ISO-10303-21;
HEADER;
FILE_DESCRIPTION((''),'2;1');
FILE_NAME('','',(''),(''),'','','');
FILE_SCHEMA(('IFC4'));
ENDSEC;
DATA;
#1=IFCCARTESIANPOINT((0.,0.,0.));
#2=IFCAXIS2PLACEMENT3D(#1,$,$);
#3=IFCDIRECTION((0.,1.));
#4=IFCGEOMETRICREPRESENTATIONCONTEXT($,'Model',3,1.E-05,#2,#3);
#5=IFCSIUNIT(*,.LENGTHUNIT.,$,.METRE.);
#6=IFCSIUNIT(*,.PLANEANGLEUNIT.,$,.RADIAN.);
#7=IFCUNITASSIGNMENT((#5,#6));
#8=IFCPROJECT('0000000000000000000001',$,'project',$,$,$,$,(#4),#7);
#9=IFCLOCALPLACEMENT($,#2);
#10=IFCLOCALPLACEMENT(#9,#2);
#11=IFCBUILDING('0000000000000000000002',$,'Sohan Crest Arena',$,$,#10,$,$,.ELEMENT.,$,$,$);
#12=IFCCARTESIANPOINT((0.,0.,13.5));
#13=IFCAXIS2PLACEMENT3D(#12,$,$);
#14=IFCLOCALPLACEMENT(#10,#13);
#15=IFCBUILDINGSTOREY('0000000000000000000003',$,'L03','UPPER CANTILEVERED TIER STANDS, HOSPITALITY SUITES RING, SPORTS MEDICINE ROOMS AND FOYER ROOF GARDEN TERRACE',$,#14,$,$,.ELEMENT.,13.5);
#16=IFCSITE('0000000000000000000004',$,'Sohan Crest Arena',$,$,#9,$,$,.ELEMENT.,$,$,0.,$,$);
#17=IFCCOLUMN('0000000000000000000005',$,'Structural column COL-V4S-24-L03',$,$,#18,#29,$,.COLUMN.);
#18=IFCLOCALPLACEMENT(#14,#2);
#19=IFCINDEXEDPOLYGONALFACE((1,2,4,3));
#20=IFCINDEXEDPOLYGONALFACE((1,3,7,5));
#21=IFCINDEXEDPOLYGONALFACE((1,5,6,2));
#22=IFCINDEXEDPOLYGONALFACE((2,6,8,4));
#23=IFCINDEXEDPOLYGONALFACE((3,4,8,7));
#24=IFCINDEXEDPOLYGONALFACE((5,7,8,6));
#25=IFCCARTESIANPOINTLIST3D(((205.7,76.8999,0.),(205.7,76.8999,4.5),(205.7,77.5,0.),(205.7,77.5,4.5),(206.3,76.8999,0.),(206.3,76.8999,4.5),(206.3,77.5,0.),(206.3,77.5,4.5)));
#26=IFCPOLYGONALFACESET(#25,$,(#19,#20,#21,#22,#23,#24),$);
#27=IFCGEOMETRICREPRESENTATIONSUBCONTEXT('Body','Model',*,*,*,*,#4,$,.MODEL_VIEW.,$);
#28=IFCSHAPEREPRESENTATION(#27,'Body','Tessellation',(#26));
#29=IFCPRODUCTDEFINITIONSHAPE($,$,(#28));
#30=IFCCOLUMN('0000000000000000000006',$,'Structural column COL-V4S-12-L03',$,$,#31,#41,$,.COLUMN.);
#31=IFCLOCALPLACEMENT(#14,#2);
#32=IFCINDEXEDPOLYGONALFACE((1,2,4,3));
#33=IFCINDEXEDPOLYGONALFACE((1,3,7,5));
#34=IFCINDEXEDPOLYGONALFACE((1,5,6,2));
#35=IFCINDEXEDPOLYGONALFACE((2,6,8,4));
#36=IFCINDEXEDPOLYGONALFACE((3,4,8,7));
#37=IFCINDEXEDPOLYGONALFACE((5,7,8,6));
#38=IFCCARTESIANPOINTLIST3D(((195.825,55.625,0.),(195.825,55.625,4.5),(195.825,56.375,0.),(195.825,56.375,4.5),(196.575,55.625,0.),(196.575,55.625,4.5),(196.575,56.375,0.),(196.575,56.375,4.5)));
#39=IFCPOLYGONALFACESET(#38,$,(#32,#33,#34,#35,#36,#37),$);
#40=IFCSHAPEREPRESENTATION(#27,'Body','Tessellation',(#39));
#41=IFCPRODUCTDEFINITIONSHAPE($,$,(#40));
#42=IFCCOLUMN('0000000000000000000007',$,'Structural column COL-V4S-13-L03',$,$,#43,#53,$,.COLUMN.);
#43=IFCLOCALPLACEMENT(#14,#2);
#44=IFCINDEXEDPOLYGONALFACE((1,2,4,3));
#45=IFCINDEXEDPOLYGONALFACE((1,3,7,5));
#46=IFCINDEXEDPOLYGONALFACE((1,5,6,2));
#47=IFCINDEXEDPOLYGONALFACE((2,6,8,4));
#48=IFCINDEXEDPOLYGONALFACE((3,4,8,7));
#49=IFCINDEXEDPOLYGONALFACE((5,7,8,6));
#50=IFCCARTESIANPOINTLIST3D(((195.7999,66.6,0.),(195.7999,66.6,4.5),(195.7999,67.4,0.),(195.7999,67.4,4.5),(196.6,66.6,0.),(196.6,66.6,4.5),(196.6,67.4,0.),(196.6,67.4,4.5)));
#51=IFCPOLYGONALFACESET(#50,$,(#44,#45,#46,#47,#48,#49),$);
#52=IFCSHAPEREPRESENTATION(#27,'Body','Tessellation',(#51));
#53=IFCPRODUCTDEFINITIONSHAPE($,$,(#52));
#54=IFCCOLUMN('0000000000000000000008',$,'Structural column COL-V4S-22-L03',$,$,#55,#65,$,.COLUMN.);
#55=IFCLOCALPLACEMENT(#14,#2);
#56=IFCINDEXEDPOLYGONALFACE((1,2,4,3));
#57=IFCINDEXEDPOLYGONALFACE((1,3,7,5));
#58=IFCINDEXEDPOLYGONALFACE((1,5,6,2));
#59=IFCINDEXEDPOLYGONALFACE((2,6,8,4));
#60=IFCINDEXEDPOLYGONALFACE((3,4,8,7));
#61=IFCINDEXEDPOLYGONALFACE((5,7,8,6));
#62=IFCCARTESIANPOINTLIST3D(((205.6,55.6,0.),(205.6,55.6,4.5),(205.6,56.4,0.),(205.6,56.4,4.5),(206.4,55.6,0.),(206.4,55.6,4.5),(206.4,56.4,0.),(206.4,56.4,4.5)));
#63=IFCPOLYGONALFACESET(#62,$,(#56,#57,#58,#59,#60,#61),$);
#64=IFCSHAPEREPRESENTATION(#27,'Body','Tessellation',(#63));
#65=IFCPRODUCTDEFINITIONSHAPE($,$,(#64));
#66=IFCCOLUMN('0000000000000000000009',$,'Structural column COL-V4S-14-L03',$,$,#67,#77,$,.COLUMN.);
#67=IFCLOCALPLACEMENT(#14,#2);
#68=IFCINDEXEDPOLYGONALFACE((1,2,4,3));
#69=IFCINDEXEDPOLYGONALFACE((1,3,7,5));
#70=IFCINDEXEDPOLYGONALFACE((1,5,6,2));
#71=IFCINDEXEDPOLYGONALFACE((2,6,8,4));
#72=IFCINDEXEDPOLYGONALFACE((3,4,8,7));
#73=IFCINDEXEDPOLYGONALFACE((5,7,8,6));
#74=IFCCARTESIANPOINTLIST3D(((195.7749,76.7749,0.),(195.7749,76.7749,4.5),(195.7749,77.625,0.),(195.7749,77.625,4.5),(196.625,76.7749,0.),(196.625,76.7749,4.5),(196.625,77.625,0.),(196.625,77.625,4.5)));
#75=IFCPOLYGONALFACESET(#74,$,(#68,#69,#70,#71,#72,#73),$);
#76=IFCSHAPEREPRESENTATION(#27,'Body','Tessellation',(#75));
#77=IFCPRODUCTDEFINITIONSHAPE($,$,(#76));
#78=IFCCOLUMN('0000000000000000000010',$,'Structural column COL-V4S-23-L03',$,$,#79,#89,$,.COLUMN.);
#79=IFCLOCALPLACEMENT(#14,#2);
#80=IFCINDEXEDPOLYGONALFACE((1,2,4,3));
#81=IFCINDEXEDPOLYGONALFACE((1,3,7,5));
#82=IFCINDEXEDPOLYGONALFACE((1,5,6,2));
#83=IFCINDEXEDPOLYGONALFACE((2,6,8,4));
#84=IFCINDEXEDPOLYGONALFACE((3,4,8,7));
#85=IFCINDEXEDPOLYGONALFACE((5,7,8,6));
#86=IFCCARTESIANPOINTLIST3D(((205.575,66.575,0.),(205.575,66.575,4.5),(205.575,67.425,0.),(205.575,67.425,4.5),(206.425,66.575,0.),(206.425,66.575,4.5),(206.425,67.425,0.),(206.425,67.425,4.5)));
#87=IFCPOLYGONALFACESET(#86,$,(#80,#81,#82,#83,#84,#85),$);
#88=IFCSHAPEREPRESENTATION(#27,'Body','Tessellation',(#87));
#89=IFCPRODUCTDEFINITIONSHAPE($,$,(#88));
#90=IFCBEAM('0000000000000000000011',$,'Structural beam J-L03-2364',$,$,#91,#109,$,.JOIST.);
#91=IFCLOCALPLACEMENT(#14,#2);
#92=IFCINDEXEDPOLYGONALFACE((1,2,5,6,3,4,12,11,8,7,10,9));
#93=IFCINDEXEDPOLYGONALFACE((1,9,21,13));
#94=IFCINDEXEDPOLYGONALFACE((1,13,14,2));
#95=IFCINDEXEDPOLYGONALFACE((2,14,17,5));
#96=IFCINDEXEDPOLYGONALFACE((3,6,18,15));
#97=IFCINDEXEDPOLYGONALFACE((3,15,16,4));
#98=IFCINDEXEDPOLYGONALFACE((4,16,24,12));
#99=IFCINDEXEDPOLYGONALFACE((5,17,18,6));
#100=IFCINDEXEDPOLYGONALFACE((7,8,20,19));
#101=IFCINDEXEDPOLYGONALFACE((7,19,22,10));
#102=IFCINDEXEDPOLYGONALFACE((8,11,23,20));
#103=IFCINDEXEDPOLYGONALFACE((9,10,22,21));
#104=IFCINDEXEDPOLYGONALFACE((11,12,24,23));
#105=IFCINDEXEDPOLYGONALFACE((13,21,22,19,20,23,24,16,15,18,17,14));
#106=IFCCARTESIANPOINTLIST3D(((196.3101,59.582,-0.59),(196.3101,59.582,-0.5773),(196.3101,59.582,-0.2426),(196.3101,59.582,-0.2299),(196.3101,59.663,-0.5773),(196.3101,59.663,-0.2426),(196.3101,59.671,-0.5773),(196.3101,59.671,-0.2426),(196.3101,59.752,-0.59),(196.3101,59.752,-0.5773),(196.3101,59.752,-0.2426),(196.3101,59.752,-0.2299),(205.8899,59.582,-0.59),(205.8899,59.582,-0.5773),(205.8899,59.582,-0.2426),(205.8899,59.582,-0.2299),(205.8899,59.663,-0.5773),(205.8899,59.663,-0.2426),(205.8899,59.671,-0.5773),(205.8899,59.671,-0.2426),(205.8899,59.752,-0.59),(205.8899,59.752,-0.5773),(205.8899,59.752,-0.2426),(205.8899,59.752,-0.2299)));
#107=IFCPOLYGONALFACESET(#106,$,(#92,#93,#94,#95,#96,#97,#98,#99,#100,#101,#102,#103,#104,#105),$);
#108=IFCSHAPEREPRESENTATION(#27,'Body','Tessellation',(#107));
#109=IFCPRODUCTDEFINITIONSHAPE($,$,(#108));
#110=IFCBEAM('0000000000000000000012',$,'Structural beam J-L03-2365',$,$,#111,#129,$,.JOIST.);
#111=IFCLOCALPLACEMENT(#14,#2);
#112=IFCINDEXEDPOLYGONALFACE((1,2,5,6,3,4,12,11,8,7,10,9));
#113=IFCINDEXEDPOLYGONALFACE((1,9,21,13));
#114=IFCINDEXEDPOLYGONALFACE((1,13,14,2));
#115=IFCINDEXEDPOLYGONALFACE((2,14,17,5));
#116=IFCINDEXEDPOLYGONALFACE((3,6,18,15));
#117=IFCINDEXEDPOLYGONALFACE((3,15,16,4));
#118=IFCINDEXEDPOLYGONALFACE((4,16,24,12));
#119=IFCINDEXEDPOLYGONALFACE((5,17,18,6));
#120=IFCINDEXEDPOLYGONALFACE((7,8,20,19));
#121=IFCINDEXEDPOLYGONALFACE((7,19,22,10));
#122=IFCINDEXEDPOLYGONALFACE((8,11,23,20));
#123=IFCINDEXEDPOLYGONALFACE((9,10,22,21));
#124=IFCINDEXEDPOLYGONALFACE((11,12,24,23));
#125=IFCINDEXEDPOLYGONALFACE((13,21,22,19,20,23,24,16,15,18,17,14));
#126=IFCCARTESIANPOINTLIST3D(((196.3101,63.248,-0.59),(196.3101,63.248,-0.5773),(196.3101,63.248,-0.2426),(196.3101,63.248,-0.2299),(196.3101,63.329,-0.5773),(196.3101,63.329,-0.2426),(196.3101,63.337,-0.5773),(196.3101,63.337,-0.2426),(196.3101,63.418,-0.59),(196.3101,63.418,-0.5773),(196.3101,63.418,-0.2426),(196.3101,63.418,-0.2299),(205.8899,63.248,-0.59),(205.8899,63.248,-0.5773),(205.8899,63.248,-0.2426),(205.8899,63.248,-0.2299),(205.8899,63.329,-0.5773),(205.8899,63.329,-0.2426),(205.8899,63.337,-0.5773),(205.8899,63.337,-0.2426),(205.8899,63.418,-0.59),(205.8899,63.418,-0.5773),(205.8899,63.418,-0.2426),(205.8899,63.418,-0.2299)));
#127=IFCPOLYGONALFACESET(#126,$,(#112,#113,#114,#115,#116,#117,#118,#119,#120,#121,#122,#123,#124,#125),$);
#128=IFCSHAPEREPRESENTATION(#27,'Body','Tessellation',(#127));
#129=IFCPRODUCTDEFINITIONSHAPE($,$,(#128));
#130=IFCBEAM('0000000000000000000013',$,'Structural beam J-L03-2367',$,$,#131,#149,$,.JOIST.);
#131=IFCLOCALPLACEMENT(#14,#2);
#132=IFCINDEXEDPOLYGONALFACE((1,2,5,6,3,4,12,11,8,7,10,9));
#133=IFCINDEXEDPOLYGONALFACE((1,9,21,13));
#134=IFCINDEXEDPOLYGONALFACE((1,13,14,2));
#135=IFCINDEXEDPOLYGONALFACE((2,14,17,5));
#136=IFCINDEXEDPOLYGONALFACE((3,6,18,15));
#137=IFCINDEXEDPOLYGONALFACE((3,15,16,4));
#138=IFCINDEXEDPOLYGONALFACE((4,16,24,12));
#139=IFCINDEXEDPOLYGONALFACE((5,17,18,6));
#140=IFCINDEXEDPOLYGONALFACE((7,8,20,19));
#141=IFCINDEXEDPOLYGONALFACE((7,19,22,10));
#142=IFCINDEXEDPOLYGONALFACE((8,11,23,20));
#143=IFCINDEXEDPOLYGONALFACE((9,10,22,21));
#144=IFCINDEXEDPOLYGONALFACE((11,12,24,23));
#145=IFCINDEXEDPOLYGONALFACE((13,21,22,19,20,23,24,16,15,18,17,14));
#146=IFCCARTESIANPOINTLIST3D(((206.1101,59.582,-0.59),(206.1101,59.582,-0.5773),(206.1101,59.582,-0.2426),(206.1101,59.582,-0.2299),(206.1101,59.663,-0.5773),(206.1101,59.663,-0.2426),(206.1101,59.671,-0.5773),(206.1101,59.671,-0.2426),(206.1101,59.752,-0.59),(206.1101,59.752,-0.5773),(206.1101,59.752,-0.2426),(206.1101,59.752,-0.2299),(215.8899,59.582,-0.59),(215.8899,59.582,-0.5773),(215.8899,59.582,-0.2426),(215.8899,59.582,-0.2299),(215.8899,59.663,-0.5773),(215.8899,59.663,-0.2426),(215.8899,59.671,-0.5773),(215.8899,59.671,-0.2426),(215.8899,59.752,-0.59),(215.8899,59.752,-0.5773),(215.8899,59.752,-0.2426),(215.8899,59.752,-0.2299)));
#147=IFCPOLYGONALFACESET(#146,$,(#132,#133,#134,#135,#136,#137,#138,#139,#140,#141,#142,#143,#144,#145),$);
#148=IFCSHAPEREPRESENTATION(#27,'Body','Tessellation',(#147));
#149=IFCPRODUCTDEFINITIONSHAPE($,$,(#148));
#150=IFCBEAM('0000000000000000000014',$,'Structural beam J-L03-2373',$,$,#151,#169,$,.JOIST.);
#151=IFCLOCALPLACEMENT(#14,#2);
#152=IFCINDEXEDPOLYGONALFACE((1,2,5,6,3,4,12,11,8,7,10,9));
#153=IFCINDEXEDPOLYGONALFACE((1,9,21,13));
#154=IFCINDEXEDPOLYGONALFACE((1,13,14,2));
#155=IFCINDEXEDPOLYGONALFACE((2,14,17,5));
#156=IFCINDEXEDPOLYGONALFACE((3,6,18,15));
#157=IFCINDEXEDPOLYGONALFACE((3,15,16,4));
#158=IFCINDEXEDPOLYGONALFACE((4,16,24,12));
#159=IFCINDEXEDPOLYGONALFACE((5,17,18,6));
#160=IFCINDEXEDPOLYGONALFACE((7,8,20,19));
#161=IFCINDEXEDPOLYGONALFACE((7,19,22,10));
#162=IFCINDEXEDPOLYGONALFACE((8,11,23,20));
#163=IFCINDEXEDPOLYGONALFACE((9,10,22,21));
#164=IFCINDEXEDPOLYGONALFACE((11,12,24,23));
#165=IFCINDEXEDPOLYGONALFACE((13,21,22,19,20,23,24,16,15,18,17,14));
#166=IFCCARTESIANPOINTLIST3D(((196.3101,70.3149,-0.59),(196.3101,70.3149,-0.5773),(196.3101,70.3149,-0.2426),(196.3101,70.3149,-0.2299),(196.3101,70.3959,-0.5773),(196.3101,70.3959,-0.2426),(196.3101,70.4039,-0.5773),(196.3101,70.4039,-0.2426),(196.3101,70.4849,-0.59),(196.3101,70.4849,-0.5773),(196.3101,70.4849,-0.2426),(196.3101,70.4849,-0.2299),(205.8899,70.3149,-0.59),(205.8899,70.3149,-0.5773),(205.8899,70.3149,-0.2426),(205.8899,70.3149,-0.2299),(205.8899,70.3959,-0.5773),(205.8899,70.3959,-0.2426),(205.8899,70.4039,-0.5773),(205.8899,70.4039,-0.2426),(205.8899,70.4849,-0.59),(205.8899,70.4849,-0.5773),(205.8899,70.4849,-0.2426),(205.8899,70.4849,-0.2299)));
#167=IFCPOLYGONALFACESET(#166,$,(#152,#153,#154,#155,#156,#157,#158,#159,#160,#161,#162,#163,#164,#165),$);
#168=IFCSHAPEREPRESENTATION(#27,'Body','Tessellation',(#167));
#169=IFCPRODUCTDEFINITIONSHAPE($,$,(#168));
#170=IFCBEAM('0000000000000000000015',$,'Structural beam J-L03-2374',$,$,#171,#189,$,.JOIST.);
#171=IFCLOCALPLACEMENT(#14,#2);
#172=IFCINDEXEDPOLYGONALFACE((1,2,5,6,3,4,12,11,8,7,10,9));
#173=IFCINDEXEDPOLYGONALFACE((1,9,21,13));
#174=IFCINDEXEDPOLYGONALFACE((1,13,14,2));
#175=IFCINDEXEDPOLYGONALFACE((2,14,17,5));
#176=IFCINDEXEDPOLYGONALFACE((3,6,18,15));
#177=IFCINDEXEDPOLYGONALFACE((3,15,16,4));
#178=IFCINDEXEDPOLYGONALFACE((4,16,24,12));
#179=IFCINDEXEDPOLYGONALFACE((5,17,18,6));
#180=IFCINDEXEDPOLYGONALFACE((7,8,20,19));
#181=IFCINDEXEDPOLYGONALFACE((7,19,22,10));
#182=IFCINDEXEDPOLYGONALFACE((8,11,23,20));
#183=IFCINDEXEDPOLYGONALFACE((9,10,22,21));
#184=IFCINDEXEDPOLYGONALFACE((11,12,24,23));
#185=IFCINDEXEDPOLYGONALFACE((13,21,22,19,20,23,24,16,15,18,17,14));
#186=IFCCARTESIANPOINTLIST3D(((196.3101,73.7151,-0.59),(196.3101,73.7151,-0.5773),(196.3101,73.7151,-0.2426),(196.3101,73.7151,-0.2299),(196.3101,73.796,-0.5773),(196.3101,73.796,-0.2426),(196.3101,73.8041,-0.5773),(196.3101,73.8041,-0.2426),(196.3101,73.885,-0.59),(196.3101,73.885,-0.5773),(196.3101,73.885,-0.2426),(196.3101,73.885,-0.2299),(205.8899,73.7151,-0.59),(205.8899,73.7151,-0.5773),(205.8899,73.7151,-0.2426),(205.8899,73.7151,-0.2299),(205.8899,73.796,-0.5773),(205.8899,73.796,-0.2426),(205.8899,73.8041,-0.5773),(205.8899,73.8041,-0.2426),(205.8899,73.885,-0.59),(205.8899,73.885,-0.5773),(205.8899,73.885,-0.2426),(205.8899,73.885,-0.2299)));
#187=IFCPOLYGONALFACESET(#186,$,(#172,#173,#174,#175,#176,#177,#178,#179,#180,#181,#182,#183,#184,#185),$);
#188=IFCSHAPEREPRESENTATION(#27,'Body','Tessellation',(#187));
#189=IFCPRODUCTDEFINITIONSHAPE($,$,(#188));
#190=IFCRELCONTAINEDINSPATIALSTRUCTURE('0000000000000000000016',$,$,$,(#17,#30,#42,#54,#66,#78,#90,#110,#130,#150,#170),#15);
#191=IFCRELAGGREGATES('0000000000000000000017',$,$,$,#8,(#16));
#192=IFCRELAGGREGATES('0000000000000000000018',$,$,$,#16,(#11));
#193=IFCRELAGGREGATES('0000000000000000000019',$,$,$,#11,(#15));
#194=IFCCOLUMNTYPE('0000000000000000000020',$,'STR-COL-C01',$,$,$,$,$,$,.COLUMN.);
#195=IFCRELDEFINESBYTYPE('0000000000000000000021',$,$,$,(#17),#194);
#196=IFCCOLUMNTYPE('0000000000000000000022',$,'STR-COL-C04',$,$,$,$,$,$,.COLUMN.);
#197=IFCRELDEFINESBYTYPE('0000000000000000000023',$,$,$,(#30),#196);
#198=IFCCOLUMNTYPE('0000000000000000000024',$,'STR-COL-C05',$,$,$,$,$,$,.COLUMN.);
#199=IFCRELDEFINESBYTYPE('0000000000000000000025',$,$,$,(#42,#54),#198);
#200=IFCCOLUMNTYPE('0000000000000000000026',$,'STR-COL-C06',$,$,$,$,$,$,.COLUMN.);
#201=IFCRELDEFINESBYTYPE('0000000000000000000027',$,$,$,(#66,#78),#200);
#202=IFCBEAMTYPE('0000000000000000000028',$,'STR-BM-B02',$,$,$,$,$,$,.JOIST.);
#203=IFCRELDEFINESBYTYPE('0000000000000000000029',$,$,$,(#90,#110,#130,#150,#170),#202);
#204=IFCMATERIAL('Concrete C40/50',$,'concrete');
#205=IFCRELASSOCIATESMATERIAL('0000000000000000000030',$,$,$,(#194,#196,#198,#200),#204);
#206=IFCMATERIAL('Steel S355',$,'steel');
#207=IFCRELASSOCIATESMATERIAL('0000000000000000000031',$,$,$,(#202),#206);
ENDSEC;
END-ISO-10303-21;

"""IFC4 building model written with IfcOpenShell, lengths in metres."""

from ifc_helpers import new_model, si_unit, direction, frame, origin, origin_2d, place, context, subcontext, project, spatial, rectangle, i_section, extrude, material, material_profile, profile_set, type_object, element, save


model = new_model("IFC4")

# Units and contexts
model_context = context("Model", 3, precision=1e-05, world=origin(), true_north=direction((0.0, 1.0)))
body_context = subcontext(model_context, "Body", "Model", "MODEL_VIEW")
ifc_project = project(units=[si_unit("LENGTHUNIT", "METRE"), si_unit("PLANEANGLEUNIT", "RADIAN")], contexts=[model_context])

# Site, building, storey
site_placement = place(None, origin())
site = spatial("IfcSite", under=ifc_project, at=site_placement, Name="Sohan Crest Arena", CompositionType="ELEMENT", RefElevation=0.0)
building_placement = place(site_placement, origin())
building = spatial("IfcBuilding", under=site, at=building_placement, Name="Sohan Crest Arena", CompositionType="ELEMENT")
storey_placement = place(building_placement, frame((0.0, 0.0, 13.5)))
storey = spatial("IfcBuildingStorey", under=building, at=storey_placement, Name="L03", Description="UPPER CANTILEVERED TIER STANDS, HOSPITALITY SUITES RING, SPORTS MEDICINE ROOMS AND FOYER ROOF GARDEN TERRACE", CompositionType="ELEMENT", Elevation=13.5)

# Columns
ifc_material_1 = material(Name="Concrete C40/50", Category="concrete")
ifc_material_profile_1 = material_profile(ifc_material_1, rectangle(XDim=0.6001, YDim=0.6001, at=origin_2d()), Name="RC 600x600")
ifc_profile_set_1 = profile_set([ifc_material_profile_1], Name="Concrete C40/50")
column_type_1 = type_object("IfcColumnType", Name="STR-COL-C01", PredefinedType="COLUMN", material=ifc_profile_set_1)
column_1_placement = place(storey_placement, frame((206.0, 77.2, 0.0), z_axis=(0.0, 0.0, 1.0), x_axis=(1.0, 0.0, 0.0)))
element("IfcColumn", 1, at=column_1_placement, inside=storey, type_object=column_type_1, Name="Structural column COL-V4S-24-L03", PredefinedType="COLUMN", context=body_context, shape_type="SweptSolid", body=[
    extrude(rectangle(XDim=0.6001, YDim=0.6001, at=origin_2d()), origin(), (0.0, 0.0, 1.0), 4.5),
])
ifc_material_profile_2 = material_profile(ifc_material_1, rectangle(XDim=0.75, YDim=0.75, at=origin_2d()), Name="RC 750x750")
ifc_profile_set_2 = profile_set([ifc_material_profile_2], Name="Concrete C40/50")
column_type_2 = type_object("IfcColumnType", Name="STR-COL-C04", PredefinedType="COLUMN", material=ifc_profile_set_2)
column_2_placement = place(storey_placement, frame((196.2, 56.0, 0.0), z_axis=(0.0, 0.0, 1.0), x_axis=(1.0, 0.0, 0.0)))
element("IfcColumn", 2, at=column_2_placement, inside=storey, type_object=column_type_2, Name="Structural column COL-V4S-12-L03", PredefinedType="COLUMN", context=body_context, shape_type="SweptSolid", body=[
    extrude(rectangle(XDim=0.75, YDim=0.75, at=origin_2d()), origin(), (0.0, 0.0, 1.0), 4.5),
])
ifc_material_profile_3 = material_profile(ifc_material_1, rectangle(XDim=0.8, YDim=0.8, at=origin_2d()), Name="RC 800x800")
ifc_profile_set_3 = profile_set([ifc_material_profile_3], Name="Concrete C40/50")
column_type_3 = type_object("IfcColumnType", Name="STR-COL-C05", PredefinedType="COLUMN", material=ifc_profile_set_3)
for number, where, z_axis, x_axis, name in (
    (3, (196.2, 67.0, 0.0), (0.0, 0.0, 1.0), (1.0, 0.0, 0.0), "Structural column COL-V4S-13-L03"),
    (4, (206.0, 56.0, 0.0), (0.0, 0.0, 1.0), (1.0, 0.0, 0.0), "Structural column COL-V4S-22-L03"),
):
    element("IfcColumn", number, at=place(storey_placement, frame(where, z_axis=z_axis, x_axis=x_axis)), inside=storey, type_object=column_type_3, Name=name, PredefinedType="COLUMN", context=body_context, shape_type="SweptSolid", body=[
        extrude(rectangle(XDim=0.8, YDim=0.8, at=origin_2d()), origin(), (0.0, 0.0, 1.0), 4.5),
    ])
ifc_material_profile_4 = material_profile(ifc_material_1, rectangle(XDim=0.8501, YDim=0.8501, at=origin_2d()), Name="RC 850x850")
ifc_profile_set_4 = profile_set([ifc_material_profile_4], Name="Concrete C40/50")
column_type_4 = type_object("IfcColumnType", Name="STR-COL-C06", PredefinedType="COLUMN", material=ifc_profile_set_4)
for number, where, z_axis, x_axis, name in (
    (5, (196.2, 77.2, 0.0), (0.0, 0.0, 1.0), (1.0, 0.0, 0.0), "Structural column COL-V4S-14-L03"),
    (6, (206.0, 67.0, 0.0), (0.0, 0.0, 1.0), (1.0, 0.0, 0.0), "Structural column COL-V4S-23-L03"),
):
    element("IfcColumn", number, at=place(storey_placement, frame(where, z_axis=z_axis, x_axis=x_axis)), inside=storey, type_object=column_type_4, Name=name, PredefinedType="COLUMN", context=body_context, shape_type="SweptSolid", body=[
        extrude(rectangle(XDim=0.8501, YDim=0.8501, at=origin_2d()), origin(), (0.0, 0.0, 1.0), 4.5),
    ])

# Beams
ifc_material_2 = material(Name="Steel S355", Category="steel")
ifc_material_profile_5 = material_profile(ifc_material_2, i_section(OverallWidth=0.1699, OverallDepth=0.3601, WebThickness=0.0081, FlangeThickness=0.0127, at=origin_2d()), Name="IPE 360")
ifc_profile_set_5 = profile_set([ifc_material_profile_5], Name="Steel S355")
beam_type_1 = type_object("IfcBeamType", Name="STR-BM-B02", PredefinedType="JOIST", material=ifc_profile_set_5)
for number, where, z_axis, x_axis, name in (
    (7, (196.3101, 59.667, -0.4099), (1.0, 0.0, 0.0), (0.0, 1.0, 0.0), "Structural beam J-L03-2364"),
    (8, (196.3101, 63.333, -0.4099), (1.0, 0.0, 0.0), (0.0, 1.0, 0.0), "Structural beam J-L03-2365"),
):
    element("IfcBeam", number, at=place(storey_placement, frame(where, z_axis=z_axis, x_axis=x_axis)), inside=storey, type_object=beam_type_1, Name=name, PredefinedType="JOIST", context=body_context, shape_type="SweptSolid", body=[
        extrude(i_section(OverallWidth=0.1699, OverallDepth=0.3601, WebThickness=0.0081, FlangeThickness=0.0127, at=origin_2d()), origin(), (0.0, 0.0, 1.0), 9.5798),
    ])
beam_1_placement = place(storey_placement, frame((206.1101, 59.667, -0.4099), z_axis=(1.0, 0.0, 0.0), x_axis=(0.0, 1.0, 0.0)))
element("IfcBeam", 9, at=beam_1_placement, inside=storey, type_object=beam_type_1, Name="Structural beam J-L03-2367", PredefinedType="JOIST", context=body_context, shape_type="SweptSolid", body=[
    extrude(i_section(OverallWidth=0.1699, OverallDepth=0.3601, WebThickness=0.0081, FlangeThickness=0.0127, at=origin_2d()), origin(), (0.0, 0.0, 1.0), 9.7798),
])
for number, where, z_axis, x_axis, name in (
    (10, (196.3101, 70.3999, -0.4099), (1.0, 0.0, 0.0), (0.0, 1.0, 0.0), "Structural beam J-L03-2373"),
    (11, (196.3101, 73.8, -0.4099), (1.0, 0.0, 0.0), (0.0, 1.0, 0.0), "Structural beam J-L03-2374"),
):
    element("IfcBeam", number, at=place(storey_placement, frame(where, z_axis=z_axis, x_axis=x_axis)), inside=storey, type_object=beam_type_1, Name=name, PredefinedType="JOIST", context=body_context, shape_type="SweptSolid", body=[
        extrude(i_section(OverallWidth=0.1699, OverallDepth=0.3601, WebThickness=0.0081, FlangeThickness=0.0127, at=origin_2d()), origin(), (0.0, 0.0, 1.0), 9.5798),
    ])

save(model, "model.ifc")
